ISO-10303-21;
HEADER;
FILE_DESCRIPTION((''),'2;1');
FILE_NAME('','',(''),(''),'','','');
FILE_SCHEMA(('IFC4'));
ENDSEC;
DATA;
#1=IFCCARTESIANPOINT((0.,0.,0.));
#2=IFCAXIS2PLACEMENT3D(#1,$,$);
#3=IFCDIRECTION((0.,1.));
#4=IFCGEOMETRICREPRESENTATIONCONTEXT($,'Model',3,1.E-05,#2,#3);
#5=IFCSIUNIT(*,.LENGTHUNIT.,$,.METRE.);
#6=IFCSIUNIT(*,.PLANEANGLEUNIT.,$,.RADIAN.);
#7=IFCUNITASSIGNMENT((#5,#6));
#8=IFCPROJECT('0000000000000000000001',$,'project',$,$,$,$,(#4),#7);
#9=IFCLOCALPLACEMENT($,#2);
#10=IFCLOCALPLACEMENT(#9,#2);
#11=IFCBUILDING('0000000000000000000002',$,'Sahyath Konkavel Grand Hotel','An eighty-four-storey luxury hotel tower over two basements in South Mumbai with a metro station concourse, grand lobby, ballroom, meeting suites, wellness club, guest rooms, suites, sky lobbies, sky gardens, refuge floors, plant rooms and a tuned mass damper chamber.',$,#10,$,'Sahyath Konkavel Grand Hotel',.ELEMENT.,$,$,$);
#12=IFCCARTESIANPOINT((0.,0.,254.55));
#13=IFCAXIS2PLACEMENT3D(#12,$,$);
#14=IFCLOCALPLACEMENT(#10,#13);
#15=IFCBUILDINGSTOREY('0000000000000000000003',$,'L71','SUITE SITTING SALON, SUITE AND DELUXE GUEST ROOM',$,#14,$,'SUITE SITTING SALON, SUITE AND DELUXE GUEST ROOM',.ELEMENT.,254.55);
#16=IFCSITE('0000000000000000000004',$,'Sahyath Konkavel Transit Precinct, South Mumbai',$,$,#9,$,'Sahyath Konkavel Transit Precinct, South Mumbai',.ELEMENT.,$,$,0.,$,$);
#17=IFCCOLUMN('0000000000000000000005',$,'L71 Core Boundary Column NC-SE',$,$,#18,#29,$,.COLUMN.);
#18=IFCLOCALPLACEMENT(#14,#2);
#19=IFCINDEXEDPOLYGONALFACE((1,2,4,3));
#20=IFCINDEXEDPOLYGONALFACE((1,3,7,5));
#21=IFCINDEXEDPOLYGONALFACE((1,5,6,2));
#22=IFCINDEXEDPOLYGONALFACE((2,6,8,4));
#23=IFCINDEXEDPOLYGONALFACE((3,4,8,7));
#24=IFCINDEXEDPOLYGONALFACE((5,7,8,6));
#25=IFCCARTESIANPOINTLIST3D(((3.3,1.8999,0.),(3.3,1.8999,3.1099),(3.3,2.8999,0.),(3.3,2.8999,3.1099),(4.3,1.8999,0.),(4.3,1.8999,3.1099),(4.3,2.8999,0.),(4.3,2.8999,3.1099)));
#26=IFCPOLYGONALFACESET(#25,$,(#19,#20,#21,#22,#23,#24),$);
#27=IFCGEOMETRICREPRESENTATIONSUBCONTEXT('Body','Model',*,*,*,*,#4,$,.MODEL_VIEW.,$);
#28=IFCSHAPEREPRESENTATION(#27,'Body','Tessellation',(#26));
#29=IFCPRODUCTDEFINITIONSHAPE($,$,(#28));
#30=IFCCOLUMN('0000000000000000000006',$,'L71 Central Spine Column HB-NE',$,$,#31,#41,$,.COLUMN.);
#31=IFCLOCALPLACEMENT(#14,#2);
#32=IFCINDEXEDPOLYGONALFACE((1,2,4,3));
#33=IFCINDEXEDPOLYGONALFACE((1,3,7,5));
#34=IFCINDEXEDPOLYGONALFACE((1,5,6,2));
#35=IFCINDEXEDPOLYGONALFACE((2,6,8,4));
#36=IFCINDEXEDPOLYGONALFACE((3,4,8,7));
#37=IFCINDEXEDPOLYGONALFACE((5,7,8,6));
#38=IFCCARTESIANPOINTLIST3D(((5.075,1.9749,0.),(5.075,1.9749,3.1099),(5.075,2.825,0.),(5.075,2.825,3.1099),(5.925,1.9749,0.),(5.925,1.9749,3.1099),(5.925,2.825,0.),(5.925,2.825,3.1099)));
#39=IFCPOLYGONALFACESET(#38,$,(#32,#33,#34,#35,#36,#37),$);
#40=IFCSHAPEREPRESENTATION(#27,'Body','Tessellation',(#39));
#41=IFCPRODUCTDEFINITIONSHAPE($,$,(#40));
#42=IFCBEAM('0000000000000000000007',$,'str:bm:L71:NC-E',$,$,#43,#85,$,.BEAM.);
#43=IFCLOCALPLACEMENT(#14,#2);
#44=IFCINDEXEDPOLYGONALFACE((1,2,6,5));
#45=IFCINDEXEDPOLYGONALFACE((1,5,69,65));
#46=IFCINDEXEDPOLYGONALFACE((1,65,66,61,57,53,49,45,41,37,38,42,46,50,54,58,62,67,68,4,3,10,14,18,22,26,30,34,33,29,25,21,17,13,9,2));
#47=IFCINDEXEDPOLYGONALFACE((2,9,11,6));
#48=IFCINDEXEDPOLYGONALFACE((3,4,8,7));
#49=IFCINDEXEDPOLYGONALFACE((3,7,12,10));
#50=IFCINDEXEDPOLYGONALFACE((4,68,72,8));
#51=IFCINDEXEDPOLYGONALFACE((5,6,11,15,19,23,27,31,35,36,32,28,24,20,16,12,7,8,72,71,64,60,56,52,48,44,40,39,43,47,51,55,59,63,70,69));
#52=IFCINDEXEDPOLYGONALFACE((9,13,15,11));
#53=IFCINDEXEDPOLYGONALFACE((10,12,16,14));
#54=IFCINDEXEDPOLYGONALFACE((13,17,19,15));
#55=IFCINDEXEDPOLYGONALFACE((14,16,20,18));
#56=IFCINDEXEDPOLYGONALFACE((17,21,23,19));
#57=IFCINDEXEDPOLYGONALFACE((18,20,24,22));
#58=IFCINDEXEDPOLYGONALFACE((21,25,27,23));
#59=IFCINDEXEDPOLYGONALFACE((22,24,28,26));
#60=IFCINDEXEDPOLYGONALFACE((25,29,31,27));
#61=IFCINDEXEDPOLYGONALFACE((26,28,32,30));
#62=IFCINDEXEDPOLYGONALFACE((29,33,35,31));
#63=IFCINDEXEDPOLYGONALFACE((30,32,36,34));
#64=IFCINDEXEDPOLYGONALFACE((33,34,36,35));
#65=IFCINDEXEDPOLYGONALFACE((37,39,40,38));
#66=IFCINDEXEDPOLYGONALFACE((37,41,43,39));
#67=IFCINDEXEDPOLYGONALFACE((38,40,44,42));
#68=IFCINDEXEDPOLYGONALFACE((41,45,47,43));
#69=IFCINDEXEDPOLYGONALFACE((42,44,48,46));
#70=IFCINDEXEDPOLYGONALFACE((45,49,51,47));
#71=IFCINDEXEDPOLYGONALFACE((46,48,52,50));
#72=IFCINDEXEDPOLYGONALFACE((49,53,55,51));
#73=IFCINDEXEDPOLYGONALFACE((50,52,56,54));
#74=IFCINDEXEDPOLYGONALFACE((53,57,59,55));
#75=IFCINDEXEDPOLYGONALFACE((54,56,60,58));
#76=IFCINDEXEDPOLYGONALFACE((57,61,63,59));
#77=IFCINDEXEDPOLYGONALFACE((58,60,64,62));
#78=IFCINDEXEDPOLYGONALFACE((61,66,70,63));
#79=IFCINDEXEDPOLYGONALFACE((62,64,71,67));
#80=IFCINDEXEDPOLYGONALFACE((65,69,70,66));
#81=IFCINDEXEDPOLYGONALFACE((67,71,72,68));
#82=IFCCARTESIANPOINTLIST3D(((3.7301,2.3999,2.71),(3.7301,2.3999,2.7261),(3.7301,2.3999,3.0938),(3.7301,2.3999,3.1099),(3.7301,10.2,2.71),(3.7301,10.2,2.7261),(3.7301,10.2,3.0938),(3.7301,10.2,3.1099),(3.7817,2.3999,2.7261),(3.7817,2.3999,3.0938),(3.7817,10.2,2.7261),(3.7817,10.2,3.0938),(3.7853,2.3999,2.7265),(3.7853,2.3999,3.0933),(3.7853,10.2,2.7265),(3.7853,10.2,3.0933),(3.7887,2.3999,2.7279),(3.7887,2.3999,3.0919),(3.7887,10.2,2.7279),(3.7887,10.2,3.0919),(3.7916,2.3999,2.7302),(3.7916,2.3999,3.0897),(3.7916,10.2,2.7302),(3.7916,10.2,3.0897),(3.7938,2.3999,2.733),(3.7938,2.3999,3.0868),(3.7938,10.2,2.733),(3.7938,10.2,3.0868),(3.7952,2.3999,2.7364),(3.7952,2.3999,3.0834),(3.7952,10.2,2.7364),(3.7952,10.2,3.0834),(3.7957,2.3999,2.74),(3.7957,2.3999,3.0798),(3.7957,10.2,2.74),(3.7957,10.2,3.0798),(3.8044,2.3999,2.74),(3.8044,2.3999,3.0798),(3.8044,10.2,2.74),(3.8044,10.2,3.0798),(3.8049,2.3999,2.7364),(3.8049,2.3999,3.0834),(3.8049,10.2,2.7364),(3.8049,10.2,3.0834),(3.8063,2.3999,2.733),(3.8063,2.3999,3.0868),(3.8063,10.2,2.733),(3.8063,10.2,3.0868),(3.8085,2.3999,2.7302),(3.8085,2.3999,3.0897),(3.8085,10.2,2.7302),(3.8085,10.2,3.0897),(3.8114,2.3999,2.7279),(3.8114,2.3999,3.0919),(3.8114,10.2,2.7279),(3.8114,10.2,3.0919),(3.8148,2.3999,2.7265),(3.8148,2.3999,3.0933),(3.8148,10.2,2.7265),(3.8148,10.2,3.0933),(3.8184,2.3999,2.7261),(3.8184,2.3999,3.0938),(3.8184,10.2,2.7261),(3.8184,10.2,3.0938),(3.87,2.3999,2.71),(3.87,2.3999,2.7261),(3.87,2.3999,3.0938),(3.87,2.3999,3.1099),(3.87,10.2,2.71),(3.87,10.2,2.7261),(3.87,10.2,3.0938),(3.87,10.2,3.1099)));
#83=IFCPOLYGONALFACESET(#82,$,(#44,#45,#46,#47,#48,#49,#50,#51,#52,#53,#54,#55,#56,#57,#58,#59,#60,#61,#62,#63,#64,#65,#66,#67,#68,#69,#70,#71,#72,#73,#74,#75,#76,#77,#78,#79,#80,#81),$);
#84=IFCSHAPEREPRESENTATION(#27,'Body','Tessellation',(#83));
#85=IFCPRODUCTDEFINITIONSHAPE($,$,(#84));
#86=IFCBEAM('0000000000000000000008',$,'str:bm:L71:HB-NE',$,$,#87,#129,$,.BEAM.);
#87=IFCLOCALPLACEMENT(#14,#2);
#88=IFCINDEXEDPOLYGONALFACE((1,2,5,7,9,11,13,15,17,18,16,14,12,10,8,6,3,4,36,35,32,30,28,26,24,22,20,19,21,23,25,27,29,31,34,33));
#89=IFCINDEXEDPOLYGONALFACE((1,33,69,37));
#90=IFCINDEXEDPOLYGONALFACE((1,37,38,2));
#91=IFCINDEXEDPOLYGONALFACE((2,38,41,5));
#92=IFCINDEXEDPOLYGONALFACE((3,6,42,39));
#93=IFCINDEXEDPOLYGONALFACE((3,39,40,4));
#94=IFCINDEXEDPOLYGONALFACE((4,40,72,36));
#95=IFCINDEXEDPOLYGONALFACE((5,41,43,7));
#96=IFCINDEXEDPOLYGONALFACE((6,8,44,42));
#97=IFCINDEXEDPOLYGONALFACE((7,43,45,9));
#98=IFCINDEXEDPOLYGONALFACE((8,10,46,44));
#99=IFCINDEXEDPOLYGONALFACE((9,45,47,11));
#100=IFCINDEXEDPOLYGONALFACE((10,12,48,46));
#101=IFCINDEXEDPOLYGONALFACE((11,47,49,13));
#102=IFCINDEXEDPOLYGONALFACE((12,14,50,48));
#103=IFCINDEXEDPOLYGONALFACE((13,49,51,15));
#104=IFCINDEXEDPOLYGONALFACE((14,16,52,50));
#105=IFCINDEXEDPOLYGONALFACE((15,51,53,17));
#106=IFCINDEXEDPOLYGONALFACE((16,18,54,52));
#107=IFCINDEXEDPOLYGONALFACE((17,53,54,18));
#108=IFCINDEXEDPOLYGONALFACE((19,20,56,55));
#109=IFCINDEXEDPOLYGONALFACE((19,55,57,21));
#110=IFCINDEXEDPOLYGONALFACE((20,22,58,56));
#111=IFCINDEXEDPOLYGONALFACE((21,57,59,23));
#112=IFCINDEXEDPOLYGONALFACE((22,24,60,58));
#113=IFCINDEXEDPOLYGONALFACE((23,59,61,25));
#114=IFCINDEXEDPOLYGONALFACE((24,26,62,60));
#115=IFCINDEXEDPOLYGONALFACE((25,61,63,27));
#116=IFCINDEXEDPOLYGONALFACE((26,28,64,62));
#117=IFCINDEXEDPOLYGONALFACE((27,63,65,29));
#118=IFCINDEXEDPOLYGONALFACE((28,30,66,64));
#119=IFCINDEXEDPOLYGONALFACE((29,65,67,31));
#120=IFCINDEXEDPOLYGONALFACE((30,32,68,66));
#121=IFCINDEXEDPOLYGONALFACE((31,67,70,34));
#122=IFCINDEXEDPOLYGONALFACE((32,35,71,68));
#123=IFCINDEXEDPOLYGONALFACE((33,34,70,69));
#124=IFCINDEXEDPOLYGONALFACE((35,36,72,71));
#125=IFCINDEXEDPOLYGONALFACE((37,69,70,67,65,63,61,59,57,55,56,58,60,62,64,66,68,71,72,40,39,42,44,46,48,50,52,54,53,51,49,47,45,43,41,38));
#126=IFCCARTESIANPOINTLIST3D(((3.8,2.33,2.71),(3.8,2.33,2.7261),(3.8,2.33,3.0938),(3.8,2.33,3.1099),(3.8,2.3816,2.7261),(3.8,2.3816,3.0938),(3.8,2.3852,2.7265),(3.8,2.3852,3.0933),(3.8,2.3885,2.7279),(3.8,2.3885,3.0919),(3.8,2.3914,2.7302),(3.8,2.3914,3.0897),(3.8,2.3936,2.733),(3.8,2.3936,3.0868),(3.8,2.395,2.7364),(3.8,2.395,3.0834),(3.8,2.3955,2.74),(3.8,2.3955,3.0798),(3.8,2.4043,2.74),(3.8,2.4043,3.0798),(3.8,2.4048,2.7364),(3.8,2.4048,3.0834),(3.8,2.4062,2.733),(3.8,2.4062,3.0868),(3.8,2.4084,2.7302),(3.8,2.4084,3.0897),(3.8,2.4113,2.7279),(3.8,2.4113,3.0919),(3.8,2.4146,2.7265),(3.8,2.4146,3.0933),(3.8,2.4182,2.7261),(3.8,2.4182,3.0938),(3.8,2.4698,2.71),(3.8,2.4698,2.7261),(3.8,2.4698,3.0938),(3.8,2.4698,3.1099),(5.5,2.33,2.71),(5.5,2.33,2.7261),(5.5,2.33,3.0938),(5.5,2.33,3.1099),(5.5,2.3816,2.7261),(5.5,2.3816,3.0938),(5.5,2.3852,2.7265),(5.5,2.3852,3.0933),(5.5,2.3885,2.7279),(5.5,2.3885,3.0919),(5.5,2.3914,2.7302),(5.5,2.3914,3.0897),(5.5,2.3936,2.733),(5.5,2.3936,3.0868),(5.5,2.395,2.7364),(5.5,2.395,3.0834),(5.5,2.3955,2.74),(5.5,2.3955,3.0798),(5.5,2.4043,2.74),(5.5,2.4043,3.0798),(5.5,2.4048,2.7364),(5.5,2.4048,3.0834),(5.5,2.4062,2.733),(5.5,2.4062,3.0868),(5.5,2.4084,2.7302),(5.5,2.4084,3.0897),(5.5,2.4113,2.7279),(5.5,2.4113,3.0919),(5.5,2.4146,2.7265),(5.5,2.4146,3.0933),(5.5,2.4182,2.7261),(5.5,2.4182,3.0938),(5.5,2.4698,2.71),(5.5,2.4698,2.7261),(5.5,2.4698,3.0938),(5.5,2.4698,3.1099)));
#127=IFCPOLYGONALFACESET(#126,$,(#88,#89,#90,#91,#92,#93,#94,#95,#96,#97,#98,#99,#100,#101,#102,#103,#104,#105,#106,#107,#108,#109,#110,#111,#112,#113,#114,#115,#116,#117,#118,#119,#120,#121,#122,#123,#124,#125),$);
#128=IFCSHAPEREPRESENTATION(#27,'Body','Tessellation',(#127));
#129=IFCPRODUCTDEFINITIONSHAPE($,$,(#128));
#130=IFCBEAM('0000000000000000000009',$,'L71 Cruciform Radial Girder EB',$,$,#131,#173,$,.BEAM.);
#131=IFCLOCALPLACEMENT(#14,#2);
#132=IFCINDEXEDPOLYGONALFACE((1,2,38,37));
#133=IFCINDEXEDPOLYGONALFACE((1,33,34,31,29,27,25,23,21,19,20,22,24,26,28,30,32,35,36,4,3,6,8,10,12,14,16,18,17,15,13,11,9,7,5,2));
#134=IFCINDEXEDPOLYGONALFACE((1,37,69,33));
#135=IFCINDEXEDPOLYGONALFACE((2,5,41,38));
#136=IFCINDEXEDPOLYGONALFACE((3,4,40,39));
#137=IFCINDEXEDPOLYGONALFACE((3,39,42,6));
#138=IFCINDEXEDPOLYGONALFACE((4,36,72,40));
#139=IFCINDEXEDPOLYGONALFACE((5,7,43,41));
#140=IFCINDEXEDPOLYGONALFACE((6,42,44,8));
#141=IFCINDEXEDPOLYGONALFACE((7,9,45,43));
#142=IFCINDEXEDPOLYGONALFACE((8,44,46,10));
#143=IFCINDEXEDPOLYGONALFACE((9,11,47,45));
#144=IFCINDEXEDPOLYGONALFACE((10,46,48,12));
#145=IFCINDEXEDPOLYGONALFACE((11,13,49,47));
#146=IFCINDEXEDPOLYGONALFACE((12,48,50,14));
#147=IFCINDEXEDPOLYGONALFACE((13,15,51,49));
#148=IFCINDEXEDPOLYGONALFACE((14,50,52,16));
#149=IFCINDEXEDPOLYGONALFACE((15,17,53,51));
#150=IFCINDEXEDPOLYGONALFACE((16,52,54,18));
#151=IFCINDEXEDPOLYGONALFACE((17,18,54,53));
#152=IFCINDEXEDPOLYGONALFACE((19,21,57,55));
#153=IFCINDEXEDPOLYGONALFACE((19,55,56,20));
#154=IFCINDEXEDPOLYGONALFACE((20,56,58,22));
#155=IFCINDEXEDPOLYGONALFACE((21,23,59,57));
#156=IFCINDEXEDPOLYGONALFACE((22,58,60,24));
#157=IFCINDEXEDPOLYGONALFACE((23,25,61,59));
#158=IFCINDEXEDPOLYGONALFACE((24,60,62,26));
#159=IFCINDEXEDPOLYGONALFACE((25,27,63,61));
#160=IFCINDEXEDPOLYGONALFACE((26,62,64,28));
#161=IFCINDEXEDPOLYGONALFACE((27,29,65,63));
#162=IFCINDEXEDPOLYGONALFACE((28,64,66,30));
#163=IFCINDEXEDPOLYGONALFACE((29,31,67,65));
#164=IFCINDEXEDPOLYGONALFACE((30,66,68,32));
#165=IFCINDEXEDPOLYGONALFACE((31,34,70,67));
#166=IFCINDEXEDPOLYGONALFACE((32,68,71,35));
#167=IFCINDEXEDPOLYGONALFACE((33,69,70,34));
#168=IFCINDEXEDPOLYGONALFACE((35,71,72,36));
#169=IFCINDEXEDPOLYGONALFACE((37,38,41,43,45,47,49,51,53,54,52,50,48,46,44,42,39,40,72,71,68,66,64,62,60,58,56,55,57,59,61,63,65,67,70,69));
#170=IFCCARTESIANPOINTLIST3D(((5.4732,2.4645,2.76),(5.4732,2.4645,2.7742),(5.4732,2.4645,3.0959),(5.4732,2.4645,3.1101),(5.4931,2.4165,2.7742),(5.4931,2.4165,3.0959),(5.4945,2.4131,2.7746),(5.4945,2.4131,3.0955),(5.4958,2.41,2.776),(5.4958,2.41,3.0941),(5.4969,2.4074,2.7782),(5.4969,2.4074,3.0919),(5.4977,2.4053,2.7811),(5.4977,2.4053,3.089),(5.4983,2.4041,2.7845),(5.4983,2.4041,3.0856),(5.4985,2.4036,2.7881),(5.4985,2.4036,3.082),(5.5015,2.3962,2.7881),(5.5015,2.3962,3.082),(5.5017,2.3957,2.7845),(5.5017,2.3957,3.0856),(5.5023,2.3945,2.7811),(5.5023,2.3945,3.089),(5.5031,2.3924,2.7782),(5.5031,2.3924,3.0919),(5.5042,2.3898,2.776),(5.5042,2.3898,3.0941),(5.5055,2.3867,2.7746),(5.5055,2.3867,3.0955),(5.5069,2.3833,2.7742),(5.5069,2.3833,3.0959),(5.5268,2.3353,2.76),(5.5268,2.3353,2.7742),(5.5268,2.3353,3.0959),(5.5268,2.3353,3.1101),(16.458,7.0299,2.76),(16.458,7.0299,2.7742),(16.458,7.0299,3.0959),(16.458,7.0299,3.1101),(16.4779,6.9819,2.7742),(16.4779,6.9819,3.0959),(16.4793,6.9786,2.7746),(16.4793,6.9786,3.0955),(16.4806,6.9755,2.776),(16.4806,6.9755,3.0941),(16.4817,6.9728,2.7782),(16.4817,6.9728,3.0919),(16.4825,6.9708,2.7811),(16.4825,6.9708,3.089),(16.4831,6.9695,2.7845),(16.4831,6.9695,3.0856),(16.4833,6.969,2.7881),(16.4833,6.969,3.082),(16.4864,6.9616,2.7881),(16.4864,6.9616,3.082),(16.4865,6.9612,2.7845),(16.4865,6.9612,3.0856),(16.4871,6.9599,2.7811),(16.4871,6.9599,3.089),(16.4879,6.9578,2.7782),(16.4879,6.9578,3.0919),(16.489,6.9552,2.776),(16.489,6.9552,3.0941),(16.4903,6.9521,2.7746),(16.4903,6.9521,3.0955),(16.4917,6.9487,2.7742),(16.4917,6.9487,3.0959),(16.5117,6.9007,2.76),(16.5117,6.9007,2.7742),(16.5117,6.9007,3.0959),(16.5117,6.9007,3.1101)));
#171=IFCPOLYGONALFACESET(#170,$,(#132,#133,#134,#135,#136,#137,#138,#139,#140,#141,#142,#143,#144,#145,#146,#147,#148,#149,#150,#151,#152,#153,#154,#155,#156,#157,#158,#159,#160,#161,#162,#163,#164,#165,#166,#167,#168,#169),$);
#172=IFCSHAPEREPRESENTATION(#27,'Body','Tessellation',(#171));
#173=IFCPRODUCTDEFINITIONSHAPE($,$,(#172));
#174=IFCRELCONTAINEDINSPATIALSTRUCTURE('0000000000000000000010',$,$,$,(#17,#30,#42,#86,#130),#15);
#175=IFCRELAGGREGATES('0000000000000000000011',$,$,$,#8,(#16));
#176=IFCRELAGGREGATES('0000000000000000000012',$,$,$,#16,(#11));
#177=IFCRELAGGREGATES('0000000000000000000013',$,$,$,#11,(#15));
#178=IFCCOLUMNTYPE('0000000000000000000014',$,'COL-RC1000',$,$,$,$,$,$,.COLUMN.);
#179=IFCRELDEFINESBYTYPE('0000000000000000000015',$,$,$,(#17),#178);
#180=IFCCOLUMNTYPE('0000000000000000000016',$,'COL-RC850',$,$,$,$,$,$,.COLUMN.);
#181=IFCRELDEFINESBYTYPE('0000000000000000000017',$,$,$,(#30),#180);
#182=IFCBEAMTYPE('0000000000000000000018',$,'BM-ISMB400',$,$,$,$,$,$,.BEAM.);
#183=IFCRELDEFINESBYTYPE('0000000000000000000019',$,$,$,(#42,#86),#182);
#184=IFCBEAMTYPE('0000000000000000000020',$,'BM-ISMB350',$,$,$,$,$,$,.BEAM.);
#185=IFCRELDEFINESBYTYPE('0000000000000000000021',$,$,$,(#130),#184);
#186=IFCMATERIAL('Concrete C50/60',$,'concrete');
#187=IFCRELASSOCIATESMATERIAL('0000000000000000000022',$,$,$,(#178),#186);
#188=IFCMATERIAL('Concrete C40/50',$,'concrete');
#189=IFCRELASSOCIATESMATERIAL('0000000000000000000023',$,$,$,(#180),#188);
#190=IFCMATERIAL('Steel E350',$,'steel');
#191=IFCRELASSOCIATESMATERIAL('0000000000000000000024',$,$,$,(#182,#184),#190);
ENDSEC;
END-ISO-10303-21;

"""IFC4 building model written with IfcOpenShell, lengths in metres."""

from ifc_helpers import new_model, si_unit, direction, frame, origin, origin_2d, place, context, subcontext, project, spatial, rectangle, i_section, extrude, source, transform, mapped, material, material_profile, profile_set, type_object, element, save


model = new_model("IFC4")

# Units and contexts
model_context = context("Model", 3, precision=1e-05, world=origin(), true_north=direction((0.0, 1.0)))
body_context = subcontext(model_context, "Body", "Model", "MODEL_VIEW")
ifc_project = project(units=[si_unit("LENGTHUNIT", "METRE"), si_unit("PLANEANGLEUNIT", "RADIAN")], contexts=[model_context])

# Site, building, storey
site_placement = place(None, origin())
site = spatial("IfcSite", under=ifc_project, at=site_placement, Name="Sahyath Konkavel Transit Precinct, South Mumbai", LongName="Sahyath Konkavel Transit Precinct, South Mumbai", CompositionType="ELEMENT", RefElevation=0.0)
building_placement = place(site_placement, origin())
building = spatial("IfcBuilding", under=site, at=building_placement, Name="Sahyath Konkavel Grand Hotel", Description="An eighty-four-storey luxury hotel tower over two basements in South Mumbai with a metro station concourse, grand lobby, ballroom, meeting suites, wellness club, guest rooms, suites, sky lobbies, sky gardens, refuge floors, plant rooms and a tuned mass damper chamber.", LongName="Sahyath Konkavel Grand Hotel", CompositionType="ELEMENT")
storey_placement = place(building_placement, frame((0.0, 0.0, 254.55)))
storey = spatial("IfcBuildingStorey", under=building, at=storey_placement, Name="L71", Description="SUITE SITTING SALON, SUITE AND DELUXE GUEST ROOM", LongName="SUITE SITTING SALON, SUITE AND DELUXE GUEST ROOM", CompositionType="ELEMENT", Elevation=254.55)

# Columns
ifc_material_1 = material(Name="Concrete C50/60", Category="concrete")
ifc_material_profile_1 = material_profile(ifc_material_1, rectangle(XDim=1.0, YDim=1.0, at=origin_2d()), Name="RC 1000x1000")
ifc_profile_set_1 = profile_set([ifc_material_profile_1], Name="Concrete C50/60")
column_type_1 = type_object("IfcColumnType", Name="COL-RC1000", PredefinedType="COLUMN", material=ifc_profile_set_1)
shared_shape_1 = source(origin(), body_context, "Body", "SweptSolid", [
    extrude(rectangle(XDim=1.0, YDim=1.0, at=origin_2d()), origin(), (0.0, 0.0, 1.0), 3.1099),
])
column_1_placement = place(storey_placement, frame((3.8, 2.3999, 0.0), z_axis=(0.0, 0.0, 1.0), x_axis=(1.0, 0.0, 0.0)))
element("IfcColumn", 1, at=column_1_placement, inside=storey, type_object=column_type_1, Name="L71 Core Boundary Column NC-SE", PredefinedType="COLUMN", context=body_context, shape_type="MappedRepresentation", body=[
    mapped(shared_shape_1, transform((0.0, 0.0, 0.0), scale=1.0)),
])
ifc_material_2 = material(Name="Concrete C40/50", Category="concrete")
ifc_material_profile_2 = material_profile(ifc_material_2, rectangle(XDim=0.8501, YDim=0.8501, at=origin_2d()), Name="RC 850x850")
ifc_profile_set_2 = profile_set([ifc_material_profile_2], Name="Concrete C40/50")
column_type_2 = type_object("IfcColumnType", Name="COL-RC850", PredefinedType="COLUMN", material=ifc_profile_set_2)
shared_shape_2 = source(origin(), body_context, "Body", "SweptSolid", [
    extrude(rectangle(XDim=0.8501, YDim=0.8501, at=origin_2d()), origin(), (0.0, 0.0, 1.0), 3.1099),
])
column_2_placement = place(storey_placement, frame((5.5, 2.3999, 0.0), z_axis=(0.0, 0.0, 1.0), x_axis=(1.0, 0.0, 0.0)))
element("IfcColumn", 2, at=column_2_placement, inside=storey, type_object=column_type_2, Name="L71 Central Spine Column HB-NE", PredefinedType="COLUMN", context=body_context, shape_type="MappedRepresentation", body=[
    mapped(shared_shape_2, transform((0.0, 0.0, 0.0), scale=1.0)),
])

# Beams
ifc_material_3 = material(Name="Steel E350", Category="steel")
ifc_material_profile_3 = material_profile(ifc_material_3, i_section(OverallWidth=0.1399, OverallDepth=0.3999, WebThickness=0.0088, FlangeThickness=0.0161, FilletRadius=0.0139, at=origin_2d()), Name="ISMB 400")
ifc_profile_set_3 = profile_set([ifc_material_profile_3], Name="Steel E350")
beam_type_1 = type_object("IfcBeamType", Name="BM-ISMB400", PredefinedType="BEAM", material=ifc_profile_set_3)
shared_shape_3 = source(origin(), body_context, "Body", "SweptSolid", [
    extrude(i_section(OverallWidth=0.1399, OverallDepth=0.3999, WebThickness=0.0088, FlangeThickness=0.0161, FilletRadius=0.0139, at=origin_2d()), origin(), (0.0, 0.0, 1.0), 7.8),
])
beam_1_placement = place(storey_placement, frame((3.8, 2.3999, 2.9099), z_axis=(0.0, 1.0, 0.0), x_axis=(-1.0, 0.0, 0.0)))
element("IfcBeam", 3, at=beam_1_placement, inside=storey, type_object=beam_type_1, Name="str:bm:L71:NC-E", PredefinedType="BEAM", context=body_context, shape_type="MappedRepresentation", body=[
    mapped(shared_shape_3, transform((0.0, 0.0, 0.0), scale=1.0)),
])
shared_shape_4 = source(origin(), body_context, "Body", "SweptSolid", [
    extrude(i_section(OverallWidth=0.1399, OverallDepth=0.3999, WebThickness=0.0088, FlangeThickness=0.0161, FilletRadius=0.0139, at=origin_2d()), origin(), (0.0, 0.0, 1.0), 1.7),
])
beam_2_placement = place(storey_placement, frame((3.8, 2.3999, 2.9099), z_axis=(1.0, 0.0, 0.0), x_axis=(0.0, 1.0, 0.0)))
element("IfcBeam", 4, at=beam_2_placement, inside=storey, type_object=beam_type_1, Name="str:bm:L71:HB-NE", PredefinedType="BEAM", context=body_context, shape_type="MappedRepresentation", body=[
    mapped(shared_shape_4, transform((0.0, 0.0, 0.0), scale=1.0)),
])
ifc_material_profile_4 = material_profile(ifc_material_3, i_section(OverallWidth=0.1399, OverallDepth=0.3501, WebThickness=0.0081, FlangeThickness=0.0142, FilletRadius=0.0139, at=origin_2d()), Name="ISMB 350")
ifc_profile_set_4 = profile_set([ifc_material_profile_4], Name="Steel E350")
beam_type_2 = type_object("IfcBeamType", Name="BM-ISMB350", PredefinedType="BEAM", material=ifc_profile_set_4)
shared_shape_5 = source(origin(), body_context, "Body", "SweptSolid", [
    extrude(i_section(OverallWidth=0.1399, OverallDepth=0.3501, WebThickness=0.0081, FlangeThickness=0.0142, FilletRadius=0.0139, at=origin_2d()), origin(), (0.0, 0.0, 1.0), 11.8958),
])
beam_3_placement = place(storey_placement, frame((5.5, 2.3999, 2.9351), z_axis=(0.923423, 0.383785, 0.0), x_axis=(-0.383785, 0.923423, 0.0)))
element("IfcBeam", 5, at=beam_3_placement, inside=storey, type_object=beam_type_2, Name="L71 Cruciform Radial Girder EB", PredefinedType="BEAM", context=body_context, shape_type="MappedRepresentation", body=[
    mapped(shared_shape_5, transform((0.0, 0.0, 0.0), scale=1.0)),
])

save(model, "model.ifc")
